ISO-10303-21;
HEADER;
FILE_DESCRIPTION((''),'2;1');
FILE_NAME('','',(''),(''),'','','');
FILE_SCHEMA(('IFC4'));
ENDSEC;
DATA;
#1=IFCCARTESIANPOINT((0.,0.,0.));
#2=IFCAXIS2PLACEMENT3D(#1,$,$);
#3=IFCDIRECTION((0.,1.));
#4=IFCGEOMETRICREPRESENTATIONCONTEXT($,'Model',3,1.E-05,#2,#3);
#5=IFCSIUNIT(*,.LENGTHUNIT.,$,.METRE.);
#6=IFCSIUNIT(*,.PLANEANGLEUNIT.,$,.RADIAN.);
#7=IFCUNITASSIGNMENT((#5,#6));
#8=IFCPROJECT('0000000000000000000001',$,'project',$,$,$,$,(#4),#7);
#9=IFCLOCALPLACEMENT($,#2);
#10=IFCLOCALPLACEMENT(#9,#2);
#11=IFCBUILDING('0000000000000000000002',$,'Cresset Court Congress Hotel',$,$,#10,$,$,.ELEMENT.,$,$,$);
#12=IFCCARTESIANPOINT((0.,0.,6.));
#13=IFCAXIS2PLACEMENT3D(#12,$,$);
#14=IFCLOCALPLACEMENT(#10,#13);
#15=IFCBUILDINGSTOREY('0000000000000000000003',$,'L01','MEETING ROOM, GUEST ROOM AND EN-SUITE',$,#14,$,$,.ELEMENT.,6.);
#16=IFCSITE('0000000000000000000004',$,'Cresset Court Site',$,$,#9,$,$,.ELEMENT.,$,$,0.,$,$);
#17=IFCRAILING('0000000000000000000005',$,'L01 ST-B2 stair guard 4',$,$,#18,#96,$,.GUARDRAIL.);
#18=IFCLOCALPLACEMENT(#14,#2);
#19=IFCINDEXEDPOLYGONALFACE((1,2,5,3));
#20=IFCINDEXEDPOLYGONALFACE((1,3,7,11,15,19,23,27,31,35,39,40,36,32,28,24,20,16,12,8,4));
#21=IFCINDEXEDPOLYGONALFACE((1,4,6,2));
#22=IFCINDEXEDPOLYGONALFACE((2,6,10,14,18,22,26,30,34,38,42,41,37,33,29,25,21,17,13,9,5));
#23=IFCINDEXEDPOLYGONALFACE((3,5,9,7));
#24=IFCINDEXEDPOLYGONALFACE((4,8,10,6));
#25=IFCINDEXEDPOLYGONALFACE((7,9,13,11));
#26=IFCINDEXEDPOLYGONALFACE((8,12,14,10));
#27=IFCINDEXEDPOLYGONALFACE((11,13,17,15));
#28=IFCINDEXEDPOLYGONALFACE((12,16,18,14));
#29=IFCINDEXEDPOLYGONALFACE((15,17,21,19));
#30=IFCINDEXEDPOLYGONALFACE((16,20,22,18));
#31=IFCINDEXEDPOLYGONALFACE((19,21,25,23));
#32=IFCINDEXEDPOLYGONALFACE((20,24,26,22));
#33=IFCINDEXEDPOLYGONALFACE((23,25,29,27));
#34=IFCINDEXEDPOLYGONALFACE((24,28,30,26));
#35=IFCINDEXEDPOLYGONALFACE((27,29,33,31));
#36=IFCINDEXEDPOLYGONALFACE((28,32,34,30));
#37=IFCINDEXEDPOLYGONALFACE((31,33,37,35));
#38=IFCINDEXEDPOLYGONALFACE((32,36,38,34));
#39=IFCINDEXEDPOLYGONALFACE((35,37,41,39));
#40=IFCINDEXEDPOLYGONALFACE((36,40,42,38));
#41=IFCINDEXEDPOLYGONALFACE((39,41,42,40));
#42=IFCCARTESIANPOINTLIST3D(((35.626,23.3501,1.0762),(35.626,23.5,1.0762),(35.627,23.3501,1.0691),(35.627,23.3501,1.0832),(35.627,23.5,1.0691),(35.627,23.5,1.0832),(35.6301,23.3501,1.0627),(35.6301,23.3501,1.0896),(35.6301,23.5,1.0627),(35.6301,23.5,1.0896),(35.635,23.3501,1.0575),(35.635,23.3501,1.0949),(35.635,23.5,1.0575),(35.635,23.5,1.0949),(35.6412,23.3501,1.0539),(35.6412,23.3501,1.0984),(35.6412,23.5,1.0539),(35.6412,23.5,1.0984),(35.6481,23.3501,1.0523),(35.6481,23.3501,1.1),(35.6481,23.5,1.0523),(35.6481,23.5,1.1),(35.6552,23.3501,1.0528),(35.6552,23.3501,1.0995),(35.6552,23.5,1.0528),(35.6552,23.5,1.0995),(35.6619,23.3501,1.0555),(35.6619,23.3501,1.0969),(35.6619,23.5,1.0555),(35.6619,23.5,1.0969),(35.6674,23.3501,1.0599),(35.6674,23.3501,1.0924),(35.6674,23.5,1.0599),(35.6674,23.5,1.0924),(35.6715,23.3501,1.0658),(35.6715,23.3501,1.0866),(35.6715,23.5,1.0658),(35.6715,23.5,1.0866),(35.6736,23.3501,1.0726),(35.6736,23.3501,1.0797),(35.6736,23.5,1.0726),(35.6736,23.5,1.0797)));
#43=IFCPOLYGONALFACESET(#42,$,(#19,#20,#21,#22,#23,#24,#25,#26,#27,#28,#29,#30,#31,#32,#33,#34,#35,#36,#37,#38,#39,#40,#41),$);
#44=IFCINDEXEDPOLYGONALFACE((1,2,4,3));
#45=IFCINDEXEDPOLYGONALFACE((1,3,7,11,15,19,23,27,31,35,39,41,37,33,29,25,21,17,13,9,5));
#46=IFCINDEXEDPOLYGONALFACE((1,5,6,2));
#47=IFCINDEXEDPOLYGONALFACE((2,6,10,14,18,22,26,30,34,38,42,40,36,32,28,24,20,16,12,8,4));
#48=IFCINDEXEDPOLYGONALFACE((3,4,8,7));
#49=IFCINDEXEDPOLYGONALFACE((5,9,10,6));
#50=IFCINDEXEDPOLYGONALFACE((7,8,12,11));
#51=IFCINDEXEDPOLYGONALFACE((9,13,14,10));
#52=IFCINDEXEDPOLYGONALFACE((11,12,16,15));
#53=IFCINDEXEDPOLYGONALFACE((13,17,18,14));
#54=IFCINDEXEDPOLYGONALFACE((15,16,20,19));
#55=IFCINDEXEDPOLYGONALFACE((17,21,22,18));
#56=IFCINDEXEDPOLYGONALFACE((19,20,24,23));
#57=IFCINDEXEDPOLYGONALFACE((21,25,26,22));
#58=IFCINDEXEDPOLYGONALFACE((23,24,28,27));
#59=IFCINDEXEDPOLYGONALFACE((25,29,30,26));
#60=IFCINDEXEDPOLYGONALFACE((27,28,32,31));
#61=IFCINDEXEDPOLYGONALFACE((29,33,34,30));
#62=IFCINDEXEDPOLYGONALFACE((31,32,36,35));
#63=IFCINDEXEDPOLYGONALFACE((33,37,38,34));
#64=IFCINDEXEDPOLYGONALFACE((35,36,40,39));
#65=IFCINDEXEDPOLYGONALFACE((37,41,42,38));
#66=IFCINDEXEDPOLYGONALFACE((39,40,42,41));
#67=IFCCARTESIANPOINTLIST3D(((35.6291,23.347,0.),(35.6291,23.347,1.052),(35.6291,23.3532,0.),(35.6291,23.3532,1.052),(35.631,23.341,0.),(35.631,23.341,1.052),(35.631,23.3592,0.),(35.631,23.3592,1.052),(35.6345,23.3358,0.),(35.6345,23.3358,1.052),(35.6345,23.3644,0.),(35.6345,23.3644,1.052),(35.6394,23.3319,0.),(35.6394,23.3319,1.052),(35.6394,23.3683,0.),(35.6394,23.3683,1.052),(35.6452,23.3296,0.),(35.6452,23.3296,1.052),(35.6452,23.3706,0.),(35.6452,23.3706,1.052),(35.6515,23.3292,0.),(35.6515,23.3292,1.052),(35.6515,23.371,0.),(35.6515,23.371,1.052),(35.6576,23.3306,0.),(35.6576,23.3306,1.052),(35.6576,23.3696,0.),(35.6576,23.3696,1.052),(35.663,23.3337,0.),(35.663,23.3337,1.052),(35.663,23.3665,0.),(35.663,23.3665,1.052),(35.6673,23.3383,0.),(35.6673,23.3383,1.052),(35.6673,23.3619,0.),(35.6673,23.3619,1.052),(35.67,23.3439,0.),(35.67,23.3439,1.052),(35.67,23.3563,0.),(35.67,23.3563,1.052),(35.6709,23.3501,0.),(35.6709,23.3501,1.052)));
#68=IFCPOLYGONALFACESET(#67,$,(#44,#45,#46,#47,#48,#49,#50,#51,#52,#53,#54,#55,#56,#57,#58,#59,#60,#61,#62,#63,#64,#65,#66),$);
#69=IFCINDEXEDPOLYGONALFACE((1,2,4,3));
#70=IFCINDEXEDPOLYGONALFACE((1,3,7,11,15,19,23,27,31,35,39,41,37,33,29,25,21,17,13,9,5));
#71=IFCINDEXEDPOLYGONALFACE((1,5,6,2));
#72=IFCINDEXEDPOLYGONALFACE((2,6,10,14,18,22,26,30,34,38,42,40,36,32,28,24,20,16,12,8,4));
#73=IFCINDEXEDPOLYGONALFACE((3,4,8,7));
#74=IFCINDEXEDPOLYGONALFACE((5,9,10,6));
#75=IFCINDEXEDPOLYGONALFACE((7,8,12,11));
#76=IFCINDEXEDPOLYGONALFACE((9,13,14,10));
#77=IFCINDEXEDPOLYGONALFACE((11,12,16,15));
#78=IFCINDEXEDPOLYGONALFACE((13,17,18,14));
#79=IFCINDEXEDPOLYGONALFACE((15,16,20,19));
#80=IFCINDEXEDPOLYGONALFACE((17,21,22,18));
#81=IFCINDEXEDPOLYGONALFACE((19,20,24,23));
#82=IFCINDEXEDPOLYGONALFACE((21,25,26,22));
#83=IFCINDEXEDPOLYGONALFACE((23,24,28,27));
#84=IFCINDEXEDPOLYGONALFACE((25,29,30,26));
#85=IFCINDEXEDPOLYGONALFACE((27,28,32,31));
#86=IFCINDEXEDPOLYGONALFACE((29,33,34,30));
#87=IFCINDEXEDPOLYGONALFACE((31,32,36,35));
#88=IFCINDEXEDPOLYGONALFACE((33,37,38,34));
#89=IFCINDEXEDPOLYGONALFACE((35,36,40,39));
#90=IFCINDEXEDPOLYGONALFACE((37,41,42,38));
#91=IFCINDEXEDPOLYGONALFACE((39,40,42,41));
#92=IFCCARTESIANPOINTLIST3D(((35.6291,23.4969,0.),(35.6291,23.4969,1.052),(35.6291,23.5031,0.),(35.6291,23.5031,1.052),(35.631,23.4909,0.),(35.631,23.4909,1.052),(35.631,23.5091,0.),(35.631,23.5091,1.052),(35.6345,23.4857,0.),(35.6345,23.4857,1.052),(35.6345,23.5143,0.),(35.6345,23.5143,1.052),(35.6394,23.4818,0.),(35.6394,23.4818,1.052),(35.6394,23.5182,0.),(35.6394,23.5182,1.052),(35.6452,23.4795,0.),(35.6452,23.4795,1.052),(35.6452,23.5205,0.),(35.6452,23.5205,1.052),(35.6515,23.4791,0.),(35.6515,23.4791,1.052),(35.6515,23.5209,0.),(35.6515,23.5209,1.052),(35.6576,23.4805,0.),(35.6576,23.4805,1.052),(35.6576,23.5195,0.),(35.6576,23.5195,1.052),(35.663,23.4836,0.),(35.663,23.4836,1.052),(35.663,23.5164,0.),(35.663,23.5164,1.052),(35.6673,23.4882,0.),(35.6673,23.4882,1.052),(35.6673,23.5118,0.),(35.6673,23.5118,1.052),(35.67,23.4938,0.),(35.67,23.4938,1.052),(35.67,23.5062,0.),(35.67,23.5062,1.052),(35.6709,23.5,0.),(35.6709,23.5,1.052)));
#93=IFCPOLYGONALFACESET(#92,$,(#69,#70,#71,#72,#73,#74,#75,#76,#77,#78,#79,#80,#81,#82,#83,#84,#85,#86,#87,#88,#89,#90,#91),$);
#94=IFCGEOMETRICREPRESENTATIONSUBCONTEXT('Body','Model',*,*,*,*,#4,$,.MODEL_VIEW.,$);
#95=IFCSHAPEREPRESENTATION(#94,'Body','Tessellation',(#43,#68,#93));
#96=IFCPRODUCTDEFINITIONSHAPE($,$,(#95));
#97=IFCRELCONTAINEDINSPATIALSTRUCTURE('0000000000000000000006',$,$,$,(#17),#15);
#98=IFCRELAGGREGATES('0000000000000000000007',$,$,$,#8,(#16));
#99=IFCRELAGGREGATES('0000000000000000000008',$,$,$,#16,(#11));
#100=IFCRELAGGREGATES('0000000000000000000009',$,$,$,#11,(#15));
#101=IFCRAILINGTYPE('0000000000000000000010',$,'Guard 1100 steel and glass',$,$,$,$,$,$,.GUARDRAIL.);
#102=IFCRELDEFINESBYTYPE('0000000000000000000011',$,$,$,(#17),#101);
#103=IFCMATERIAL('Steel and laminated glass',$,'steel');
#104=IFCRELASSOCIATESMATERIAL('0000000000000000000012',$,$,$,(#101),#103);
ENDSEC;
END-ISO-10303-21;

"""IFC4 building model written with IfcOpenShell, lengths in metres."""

from ifc_helpers import new_model, si_unit, direction, frame, origin, origin_2d, place, context, subcontext, project, spatial, circle, extrude, material, type_object, element, save


model = new_model("IFC4")

# Units and contexts
model_context = context("Model", 3, precision=1e-05, world=origin(), true_north=direction((0.0, 1.0)))
body_context = subcontext(model_context, "Body", "Model", "MODEL_VIEW")
ifc_project = project(units=[si_unit("LENGTHUNIT", "METRE"), si_unit("PLANEANGLEUNIT", "RADIAN")], contexts=[model_context])

# Site, building, storey
site_placement = place(None, origin())
site = spatial("IfcSite", under=ifc_project, at=site_placement, Name="Cresset Court Site", CompositionType="ELEMENT", RefElevation=0.0)
building_placement = place(site_placement, origin())
building = spatial("IfcBuilding", under=site, at=building_placement, Name="Cresset Court Congress Hotel", CompositionType="ELEMENT")
storey_placement = place(building_placement, frame((0.0, 0.0, 6.0)))
storey = spatial("IfcBuildingStorey", under=building, at=storey_placement, Name="L01", Description="MEETING ROOM, GUEST ROOM AND EN-SUITE", CompositionType="ELEMENT", Elevation=6.0)

# Railing
ifc_material_1 = material(Name="Steel and laminated glass", Category="steel")
railing_type_1 = type_object("IfcRailingType", Name="Guard 1100 steel and glass", PredefinedType="GUARDRAIL", material=ifc_material_1)
railing_1_placement = place(storey_placement, frame((35.6499, 23.3501, 0.0)))
element("IfcRailing", 1, at=railing_1_placement, inside=storey, type_object=railing_type_1, Name="L01 ST-B2 stair guard 4", PredefinedType="GUARDRAIL", context=body_context, shape_type="SweptSolid", body=[
    extrude(circle(Radius=0.0239, at=origin_2d()), frame((0.0, 0.0, 1.0762), z_axis=(0.0, 1.0, 0.0), x_axis=(-1.0, 0.0, 0.0)), (0.0, 0.0, 1.0), 0.1499),
    extrude(circle(Radius=0.021, at=origin_2d()), origin(), (0.0, 0.0, 1.0), 1.052),
    extrude(circle(Radius=0.021, at=origin_2d()), frame((0.0, 0.1499, 0.0)), (0.0, 0.0, 1.0), 1.052),
])

save(model, "model.ifc")
